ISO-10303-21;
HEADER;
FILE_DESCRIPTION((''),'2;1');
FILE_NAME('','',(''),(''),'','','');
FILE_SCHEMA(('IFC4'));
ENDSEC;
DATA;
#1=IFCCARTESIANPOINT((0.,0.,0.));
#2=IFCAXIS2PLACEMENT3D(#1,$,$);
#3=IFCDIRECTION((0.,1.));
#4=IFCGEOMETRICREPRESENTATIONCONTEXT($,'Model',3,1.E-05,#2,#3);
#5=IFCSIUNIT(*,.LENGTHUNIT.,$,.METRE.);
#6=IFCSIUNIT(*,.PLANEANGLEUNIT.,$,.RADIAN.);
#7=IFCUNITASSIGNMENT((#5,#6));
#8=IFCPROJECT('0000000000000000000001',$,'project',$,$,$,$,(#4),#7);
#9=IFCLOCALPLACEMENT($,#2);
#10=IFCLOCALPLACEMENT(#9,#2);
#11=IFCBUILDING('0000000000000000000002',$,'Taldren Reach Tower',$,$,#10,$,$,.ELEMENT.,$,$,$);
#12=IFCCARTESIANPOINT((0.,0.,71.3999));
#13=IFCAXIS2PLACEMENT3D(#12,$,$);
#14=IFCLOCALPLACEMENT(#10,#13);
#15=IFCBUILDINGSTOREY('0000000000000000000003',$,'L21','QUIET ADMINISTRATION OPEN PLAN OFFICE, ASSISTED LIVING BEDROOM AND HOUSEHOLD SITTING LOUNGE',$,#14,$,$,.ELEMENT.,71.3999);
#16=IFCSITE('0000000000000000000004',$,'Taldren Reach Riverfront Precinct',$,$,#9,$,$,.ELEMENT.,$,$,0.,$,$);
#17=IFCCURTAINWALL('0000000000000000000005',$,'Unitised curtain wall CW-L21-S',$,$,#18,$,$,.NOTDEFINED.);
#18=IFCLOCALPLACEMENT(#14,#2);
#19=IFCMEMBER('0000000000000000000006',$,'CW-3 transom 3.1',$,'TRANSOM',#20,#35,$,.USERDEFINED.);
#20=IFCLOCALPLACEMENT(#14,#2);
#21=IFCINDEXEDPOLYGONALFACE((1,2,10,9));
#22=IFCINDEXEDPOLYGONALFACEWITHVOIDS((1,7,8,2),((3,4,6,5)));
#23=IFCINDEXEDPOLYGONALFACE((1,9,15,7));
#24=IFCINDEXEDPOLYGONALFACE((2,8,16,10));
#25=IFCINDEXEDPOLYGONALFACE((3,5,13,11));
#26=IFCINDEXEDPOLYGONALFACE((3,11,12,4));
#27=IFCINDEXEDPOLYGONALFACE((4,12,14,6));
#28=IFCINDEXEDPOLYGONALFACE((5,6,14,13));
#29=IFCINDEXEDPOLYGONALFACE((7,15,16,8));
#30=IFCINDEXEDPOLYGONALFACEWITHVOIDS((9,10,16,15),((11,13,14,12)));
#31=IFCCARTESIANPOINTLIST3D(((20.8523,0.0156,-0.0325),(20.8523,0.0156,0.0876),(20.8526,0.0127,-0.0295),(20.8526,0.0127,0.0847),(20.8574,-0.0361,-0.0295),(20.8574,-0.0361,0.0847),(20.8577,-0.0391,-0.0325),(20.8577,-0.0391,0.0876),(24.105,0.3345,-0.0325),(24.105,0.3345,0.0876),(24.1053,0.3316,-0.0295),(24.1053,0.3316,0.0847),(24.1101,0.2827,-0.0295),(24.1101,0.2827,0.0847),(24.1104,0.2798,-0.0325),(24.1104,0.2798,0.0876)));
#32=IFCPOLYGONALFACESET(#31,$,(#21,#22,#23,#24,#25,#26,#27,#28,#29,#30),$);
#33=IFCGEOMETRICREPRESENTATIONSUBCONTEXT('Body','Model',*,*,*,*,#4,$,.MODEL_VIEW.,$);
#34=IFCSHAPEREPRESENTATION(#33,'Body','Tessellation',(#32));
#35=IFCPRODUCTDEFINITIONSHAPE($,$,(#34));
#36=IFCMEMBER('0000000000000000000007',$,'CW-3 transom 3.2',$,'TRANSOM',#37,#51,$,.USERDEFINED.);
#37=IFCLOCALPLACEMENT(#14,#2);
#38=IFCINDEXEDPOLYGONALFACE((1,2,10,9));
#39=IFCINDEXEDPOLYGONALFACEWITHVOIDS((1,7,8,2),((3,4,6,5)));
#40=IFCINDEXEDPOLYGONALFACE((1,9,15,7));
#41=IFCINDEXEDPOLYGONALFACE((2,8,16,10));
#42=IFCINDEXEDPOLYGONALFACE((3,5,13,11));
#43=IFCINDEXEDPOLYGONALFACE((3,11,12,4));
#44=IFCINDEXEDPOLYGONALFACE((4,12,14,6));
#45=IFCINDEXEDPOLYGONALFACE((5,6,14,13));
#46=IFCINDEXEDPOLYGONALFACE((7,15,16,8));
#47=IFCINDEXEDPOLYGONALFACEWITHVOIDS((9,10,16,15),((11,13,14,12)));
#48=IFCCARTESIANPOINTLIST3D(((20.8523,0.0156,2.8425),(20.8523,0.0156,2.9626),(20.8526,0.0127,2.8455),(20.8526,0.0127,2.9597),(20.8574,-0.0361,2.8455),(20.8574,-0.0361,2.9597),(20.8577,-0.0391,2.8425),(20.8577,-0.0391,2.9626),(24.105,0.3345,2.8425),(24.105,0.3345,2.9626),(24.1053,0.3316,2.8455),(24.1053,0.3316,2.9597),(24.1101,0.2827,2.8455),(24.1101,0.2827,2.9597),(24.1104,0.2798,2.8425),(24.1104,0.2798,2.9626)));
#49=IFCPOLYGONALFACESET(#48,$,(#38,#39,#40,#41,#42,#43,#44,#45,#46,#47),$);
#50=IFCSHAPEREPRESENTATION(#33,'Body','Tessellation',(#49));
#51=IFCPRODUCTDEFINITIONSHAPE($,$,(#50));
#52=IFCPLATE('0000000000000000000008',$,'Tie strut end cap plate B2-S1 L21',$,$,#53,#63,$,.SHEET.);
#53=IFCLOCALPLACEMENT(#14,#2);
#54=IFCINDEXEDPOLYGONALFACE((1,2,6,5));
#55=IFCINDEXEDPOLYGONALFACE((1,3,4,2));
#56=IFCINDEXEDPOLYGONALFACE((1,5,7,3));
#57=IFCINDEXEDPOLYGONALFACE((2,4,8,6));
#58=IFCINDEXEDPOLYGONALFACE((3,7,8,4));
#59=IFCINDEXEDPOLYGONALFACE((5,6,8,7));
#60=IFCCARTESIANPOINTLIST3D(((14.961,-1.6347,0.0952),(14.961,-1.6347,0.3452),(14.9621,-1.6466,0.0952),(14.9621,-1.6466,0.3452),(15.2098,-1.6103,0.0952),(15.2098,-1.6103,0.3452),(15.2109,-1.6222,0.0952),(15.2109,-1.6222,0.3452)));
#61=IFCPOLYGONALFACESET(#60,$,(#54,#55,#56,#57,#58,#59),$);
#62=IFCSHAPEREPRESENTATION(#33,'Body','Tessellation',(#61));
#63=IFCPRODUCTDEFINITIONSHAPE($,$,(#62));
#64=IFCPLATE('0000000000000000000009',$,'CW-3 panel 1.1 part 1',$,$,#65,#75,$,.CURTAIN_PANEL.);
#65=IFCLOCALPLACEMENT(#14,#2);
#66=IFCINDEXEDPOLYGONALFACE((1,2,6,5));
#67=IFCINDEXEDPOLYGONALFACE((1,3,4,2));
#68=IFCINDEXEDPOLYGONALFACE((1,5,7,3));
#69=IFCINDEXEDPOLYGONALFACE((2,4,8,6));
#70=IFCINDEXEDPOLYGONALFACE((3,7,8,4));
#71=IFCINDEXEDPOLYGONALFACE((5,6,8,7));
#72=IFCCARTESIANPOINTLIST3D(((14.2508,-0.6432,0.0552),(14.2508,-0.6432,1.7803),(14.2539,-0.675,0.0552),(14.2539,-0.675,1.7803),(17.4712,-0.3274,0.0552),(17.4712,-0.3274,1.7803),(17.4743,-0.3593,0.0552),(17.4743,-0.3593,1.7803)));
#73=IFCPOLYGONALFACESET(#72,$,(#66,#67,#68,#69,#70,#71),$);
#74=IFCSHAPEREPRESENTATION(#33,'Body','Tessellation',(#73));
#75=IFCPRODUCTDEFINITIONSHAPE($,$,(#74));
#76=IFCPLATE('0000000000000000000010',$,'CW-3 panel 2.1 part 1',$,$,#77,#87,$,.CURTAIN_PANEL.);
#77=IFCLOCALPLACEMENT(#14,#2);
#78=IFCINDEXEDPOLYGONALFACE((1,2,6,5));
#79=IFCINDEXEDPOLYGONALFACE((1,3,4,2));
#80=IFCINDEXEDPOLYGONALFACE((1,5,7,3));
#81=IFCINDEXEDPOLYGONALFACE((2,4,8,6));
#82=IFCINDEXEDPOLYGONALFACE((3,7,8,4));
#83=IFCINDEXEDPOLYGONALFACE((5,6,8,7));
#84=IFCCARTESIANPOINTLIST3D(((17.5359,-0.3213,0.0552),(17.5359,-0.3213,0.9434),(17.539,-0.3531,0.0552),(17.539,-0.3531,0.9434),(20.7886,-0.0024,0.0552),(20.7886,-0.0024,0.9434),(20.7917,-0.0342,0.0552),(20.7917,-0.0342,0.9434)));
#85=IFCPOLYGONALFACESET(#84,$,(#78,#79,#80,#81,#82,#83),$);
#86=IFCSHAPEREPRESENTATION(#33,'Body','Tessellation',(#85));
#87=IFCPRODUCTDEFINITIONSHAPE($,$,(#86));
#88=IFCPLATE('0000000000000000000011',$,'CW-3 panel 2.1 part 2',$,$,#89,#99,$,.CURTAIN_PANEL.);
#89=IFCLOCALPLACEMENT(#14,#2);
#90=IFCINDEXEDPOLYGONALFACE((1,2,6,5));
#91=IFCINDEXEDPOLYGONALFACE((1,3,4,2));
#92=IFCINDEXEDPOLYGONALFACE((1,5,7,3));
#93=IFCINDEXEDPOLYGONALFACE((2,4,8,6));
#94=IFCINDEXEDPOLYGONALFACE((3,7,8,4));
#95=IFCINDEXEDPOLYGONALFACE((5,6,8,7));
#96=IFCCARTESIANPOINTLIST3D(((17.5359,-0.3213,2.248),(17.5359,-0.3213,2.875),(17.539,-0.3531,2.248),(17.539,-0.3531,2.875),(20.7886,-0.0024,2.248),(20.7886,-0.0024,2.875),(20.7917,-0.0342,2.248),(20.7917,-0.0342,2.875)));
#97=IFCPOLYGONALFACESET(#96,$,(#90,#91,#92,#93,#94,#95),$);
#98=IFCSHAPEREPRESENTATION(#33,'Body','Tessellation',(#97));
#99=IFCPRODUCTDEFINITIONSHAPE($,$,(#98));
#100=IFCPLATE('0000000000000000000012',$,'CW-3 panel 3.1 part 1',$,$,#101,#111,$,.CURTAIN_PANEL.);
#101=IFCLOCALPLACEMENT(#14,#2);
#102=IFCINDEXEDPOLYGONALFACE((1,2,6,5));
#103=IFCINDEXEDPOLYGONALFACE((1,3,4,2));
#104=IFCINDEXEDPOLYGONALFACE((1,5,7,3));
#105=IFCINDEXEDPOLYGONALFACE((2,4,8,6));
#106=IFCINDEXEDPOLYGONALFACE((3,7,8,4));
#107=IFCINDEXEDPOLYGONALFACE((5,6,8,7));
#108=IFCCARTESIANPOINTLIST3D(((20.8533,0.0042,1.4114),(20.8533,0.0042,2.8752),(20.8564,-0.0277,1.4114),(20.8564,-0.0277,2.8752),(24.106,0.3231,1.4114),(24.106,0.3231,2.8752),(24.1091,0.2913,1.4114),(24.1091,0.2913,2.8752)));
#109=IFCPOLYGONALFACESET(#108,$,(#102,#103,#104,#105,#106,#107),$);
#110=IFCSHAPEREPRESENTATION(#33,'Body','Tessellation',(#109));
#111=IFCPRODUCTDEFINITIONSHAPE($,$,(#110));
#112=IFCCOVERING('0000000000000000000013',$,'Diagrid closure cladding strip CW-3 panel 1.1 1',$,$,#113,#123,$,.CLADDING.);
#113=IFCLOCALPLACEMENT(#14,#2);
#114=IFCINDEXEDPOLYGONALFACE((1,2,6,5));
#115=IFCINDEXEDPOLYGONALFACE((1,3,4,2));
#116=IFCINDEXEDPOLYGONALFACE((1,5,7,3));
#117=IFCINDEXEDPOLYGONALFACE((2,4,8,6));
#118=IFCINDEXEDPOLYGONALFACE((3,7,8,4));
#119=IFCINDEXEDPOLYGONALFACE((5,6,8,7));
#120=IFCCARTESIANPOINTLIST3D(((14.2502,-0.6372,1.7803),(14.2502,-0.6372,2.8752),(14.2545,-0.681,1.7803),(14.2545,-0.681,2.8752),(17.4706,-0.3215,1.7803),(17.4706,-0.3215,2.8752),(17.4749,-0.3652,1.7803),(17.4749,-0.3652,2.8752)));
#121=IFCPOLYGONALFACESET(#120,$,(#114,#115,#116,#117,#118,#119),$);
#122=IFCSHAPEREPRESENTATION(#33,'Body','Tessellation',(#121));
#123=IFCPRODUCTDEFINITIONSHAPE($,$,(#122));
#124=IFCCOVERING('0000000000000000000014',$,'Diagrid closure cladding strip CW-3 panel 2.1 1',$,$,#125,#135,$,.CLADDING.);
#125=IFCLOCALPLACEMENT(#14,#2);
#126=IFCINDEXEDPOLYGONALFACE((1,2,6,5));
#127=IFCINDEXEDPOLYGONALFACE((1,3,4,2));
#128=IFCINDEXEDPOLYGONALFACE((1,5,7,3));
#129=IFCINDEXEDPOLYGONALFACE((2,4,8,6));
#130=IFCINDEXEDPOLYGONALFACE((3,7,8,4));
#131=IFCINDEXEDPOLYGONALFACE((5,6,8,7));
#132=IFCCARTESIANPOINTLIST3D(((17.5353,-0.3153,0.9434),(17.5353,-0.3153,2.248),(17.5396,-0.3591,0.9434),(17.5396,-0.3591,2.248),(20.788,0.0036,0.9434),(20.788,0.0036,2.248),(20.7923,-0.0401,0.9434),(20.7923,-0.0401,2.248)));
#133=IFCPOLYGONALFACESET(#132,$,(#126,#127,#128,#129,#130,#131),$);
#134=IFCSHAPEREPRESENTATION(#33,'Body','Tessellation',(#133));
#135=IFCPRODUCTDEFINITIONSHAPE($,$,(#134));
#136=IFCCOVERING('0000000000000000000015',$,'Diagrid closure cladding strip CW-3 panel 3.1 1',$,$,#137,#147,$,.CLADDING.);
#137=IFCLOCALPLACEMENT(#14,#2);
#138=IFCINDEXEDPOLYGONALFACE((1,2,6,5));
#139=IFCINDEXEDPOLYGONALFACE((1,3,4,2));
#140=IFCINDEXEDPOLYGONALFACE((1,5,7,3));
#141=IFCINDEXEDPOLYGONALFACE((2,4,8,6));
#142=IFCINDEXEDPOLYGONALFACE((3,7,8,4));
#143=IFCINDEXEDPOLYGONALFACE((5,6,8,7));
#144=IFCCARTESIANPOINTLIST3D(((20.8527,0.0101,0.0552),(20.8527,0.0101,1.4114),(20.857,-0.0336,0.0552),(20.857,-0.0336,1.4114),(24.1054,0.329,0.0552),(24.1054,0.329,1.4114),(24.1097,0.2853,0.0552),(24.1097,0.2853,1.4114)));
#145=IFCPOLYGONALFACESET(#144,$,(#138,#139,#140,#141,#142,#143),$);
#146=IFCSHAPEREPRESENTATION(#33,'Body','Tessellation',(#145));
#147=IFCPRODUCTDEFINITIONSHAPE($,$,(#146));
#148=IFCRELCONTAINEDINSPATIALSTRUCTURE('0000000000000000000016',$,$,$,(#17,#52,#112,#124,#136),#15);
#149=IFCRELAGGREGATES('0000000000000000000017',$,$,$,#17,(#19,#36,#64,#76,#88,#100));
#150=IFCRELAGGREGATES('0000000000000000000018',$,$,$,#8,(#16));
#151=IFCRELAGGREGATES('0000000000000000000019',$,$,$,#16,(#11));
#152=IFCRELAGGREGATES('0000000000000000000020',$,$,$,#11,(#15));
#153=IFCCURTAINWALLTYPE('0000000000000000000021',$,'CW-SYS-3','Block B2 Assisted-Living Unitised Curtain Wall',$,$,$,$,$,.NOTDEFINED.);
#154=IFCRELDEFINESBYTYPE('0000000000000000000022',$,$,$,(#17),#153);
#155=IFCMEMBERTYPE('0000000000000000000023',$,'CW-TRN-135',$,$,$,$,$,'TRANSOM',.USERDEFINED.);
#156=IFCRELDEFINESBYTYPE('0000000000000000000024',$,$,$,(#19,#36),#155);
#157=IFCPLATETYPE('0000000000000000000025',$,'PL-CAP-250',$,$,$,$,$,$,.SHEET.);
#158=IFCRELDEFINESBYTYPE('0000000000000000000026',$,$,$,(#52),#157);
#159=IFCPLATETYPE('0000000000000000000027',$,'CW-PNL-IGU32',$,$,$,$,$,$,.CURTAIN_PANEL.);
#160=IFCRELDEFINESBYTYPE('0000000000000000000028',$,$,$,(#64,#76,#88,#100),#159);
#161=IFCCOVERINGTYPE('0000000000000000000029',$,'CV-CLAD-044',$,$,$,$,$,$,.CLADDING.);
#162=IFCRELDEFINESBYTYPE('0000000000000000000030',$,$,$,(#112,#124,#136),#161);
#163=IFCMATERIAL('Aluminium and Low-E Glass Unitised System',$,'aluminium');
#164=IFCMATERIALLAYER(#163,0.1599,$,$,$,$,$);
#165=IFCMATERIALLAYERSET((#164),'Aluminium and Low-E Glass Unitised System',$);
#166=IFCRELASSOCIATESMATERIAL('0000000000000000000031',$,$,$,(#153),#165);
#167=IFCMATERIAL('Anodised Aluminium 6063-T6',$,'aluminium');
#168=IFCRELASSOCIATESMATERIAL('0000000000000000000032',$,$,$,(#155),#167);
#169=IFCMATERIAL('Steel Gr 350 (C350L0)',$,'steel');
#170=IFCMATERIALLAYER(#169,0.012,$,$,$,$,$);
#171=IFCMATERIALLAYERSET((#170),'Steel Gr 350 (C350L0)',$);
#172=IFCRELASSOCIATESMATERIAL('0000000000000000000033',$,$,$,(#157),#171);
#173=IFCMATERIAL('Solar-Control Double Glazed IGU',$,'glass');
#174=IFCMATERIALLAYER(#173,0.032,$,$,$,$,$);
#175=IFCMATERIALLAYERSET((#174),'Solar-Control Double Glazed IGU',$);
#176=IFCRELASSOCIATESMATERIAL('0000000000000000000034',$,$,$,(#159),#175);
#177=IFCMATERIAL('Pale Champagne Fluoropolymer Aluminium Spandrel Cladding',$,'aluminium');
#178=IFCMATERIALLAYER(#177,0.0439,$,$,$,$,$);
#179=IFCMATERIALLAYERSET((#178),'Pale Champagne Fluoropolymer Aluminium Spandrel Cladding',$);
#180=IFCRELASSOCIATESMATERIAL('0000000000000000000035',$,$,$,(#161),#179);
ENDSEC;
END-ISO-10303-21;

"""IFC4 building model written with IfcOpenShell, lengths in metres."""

from ifc_helpers import new_model, si_unit, direction, frame, origin, origin_2d, place, context, subcontext, project, spatial, rectangle, hollow_rectangle, extrude, source, transform, mapped, material, layer, layer_set, material_profile, profile_set, type_object, element, aggregate, save


model = new_model("IFC4")

# Units and contexts
model_context = context("Model", 3, precision=1e-05, world=origin(), true_north=direction((0.0, 1.0)))
body_context = subcontext(model_context, "Body", "Model", "MODEL_VIEW")
ifc_project = project(units=[si_unit("LENGTHUNIT", "METRE"), si_unit("PLANEANGLEUNIT", "RADIAN")], contexts=[model_context])

# Site, building, storey
site_placement = place(None, origin())
site = spatial("IfcSite", under=ifc_project, at=site_placement, Name="Taldren Reach Riverfront Precinct", CompositionType="ELEMENT", RefElevation=0.0)
building_placement = place(site_placement, origin())
building = spatial("IfcBuilding", under=site, at=building_placement, Name="Taldren Reach Tower", CompositionType="ELEMENT")
storey_placement = place(building_placement, frame((0.0, 0.0, 71.3999)))
storey = spatial("IfcBuildingStorey", under=building, at=storey_placement, Name="L21", Description="QUIET ADMINISTRATION OPEN PLAN OFFICE, ASSISTED LIVING BEDROOM AND HOUSEHOLD SITTING LOUNGE", CompositionType="ELEMENT", Elevation=71.3999)

# Shared definitions
ifc_material_1 = material(Name="Steel Gr 350 (C350L0)", Category="steel")

# Curtain wall, members
ifc_material_2 = material(Name="Aluminium and Low-E Glass Unitised System", Category="aluminium")
ifc_layer_1 = layer(ifc_material_2, 0.1599)
ifc_layer_set_1 = layer_set([ifc_layer_1], Name="Aluminium and Low-E Glass Unitised System")
curtain_wall_type = type_object("IfcCurtainWallType", Name="CW-SYS-3", Description="Block B2 Assisted-Living Unitised Curtain Wall", PredefinedType="NOTDEFINED", material=ifc_layer_set_1)
curtain_wall_placement = place(storey_placement, origin())
curtain_wall = element("IfcCurtainWall", 1, at=curtain_wall_placement, inside=storey, type_object=curtain_wall_type, Name="Unitised curtain wall CW-L21-S", PredefinedType="NOTDEFINED")
ifc_material_3 = material(Name="Anodised Aluminium 6063-T6", Category="aluminium")
ifc_material_profile_1 = material_profile(ifc_material_3, hollow_rectangle(XDim=0.0549, YDim=0.1201, WallThickness=0.0029, at=origin_2d()), Name="ALU-120x55x3RHS")
ifc_profile_set_1 = profile_set([ifc_material_profile_1], Name="Anodised Aluminium 6063-T6")
member_type_1 = type_object("IfcMemberType", Name="CW-TRN-135", ElementType="TRANSOM", PredefinedType="USERDEFINED", material=ifc_profile_set_1)
shared_shape_1 = source(origin(), body_context, "Body", "SweptSolid", [
    extrude(hollow_rectangle(XDim=0.0549, YDim=0.1201, WallThickness=0.0029, at=origin_2d()), origin(), (0.0, 0.0, 1.0), 3.2683),
])
member_1_placement = place(storey_placement, frame((20.855, -0.0117, 0.0276), z_axis=(0.99523, 0.097558, 0.0), x_axis=(-0.097558, 0.99523, 0.0)))
member_1 = element("IfcMember", 2, at=member_1_placement, type_object=member_type_1, Name="CW-3 transom 3.1", ObjectType="TRANSOM", PredefinedType="USERDEFINED", context=body_context, shape_type="MappedRepresentation", body=[
    mapped(shared_shape_1, transform((0.0, 0.0, 0.0), scale=1.0)),
])
member_2_placement = place(storey_placement, frame((20.855, -0.0117, 2.9026), z_axis=(0.99523, 0.097558, 0.0), x_axis=(-0.097558, 0.99523, 0.0)))
member_2 = element("IfcMember", 3, at=member_2_placement, type_object=member_type_1, Name="CW-3 transom 3.2", ObjectType="TRANSOM", PredefinedType="USERDEFINED", context=body_context, shape_type="MappedRepresentation", body=[
    mapped(shared_shape_1, transform((0.0, 0.0, 0.0), scale=1.0)),
])

# Plates
ifc_layer_2 = layer(ifc_material_1, 0.012)
ifc_layer_set_2 = layer_set([ifc_layer_2], Name="Steel Gr 350 (C350L0)")
plate_type_1 = type_object("IfcPlateType", Name="PL-CAP-250", PredefinedType="SHEET", material=ifc_layer_set_2)
shared_shape_2 = source(origin(), body_context, "Body", "SweptSolid", [
    extrude(rectangle(XDim=0.25, YDim=0.012, at=origin_2d()), origin(), (0.0, 0.0, 1.0), 0.25),
])
plate_1_placement = place(storey_placement, frame((15.0859, -1.6284, 0.0952), z_axis=(0.0, 0.0, 1.0), x_axis=(0.995227, 0.097583, 0.0)))
element("IfcPlate", 4, at=plate_1_placement, inside=storey, type_object=plate_type_1, Name="Tie strut end cap plate B2-S1 L21", PredefinedType="SHEET", context=body_context, shape_type="MappedRepresentation", body=[
    mapped(shared_shape_2, transform((0.0, 0.0, 0.0), scale=1.0)),
])
ifc_material_4 = material(Name="Solar-Control Double Glazed IGU", Category="glass")
ifc_layer_3 = layer(ifc_material_4, 0.032)
ifc_layer_set_3 = layer_set([ifc_layer_3], Name="Solar-Control Double Glazed IGU")
plate_type_2 = type_object("IfcPlateType", Name="CW-PNL-IGU32", PredefinedType="CURTAIN_PANEL", material=ifc_layer_set_3)
shared_shape_3 = source(origin(), body_context, "Body", "SweptSolid", [
    extrude(rectangle(XDim=3.2358, YDim=0.032, at=origin_2d()), origin(), (0.0, 0.0, 1.0), 1.7251),
])
plate_2_placement = place(storey_placement, frame((15.8625, -0.5012, 0.0552), z_axis=(0.0, 0.0, 1.0), x_axis=(0.995227, 0.097583, 0.0)))
plate_2 = element("IfcPlate", 5, at=plate_2_placement, type_object=plate_type_2, Name="CW-3 panel 1.1 part 1", PredefinedType="CURTAIN_PANEL", context=body_context, shape_type="MappedRepresentation", body=[
    mapped(shared_shape_3, transform((0.0, 0.0, 0.0), scale=1.0)),
])
shared_shape_4 = source(origin(), body_context, "Body", "SweptSolid", [
    extrude(rectangle(XDim=3.2683, YDim=0.032, at=origin_2d()), origin(), (0.0, 0.0, 1.0), 0.8882),
])
plate_3_placement = place(storey_placement, frame((19.1638, -0.1777, 0.0552), z_axis=(0.0, 0.0, 1.0), x_axis=(0.995227, 0.097583, 0.0)))
plate_3 = element("IfcPlate", 6, at=plate_3_placement, type_object=plate_type_2, Name="CW-3 panel 2.1 part 1", PredefinedType="CURTAIN_PANEL", context=body_context, shape_type="MappedRepresentation", body=[
    mapped(shared_shape_4, transform((0.0, 0.0, 0.0), scale=1.0)),
])
shared_shape_5 = source(origin(), body_context, "Body", "SweptSolid", [
    extrude(rectangle(XDim=3.2683, YDim=0.032, at=origin_2d()), origin(), (0.0, 0.0, 1.0), 0.627),
])
plate_4_placement = place(storey_placement, frame((19.1638, -0.1777, 2.248), z_axis=(0.0, 0.0, 1.0), x_axis=(0.995227, 0.097583, 0.0)))
plate_4 = element("IfcPlate", 7, at=plate_4_placement, type_object=plate_type_2, Name="CW-3 panel 2.1 part 2", PredefinedType="CURTAIN_PANEL", context=body_context, shape_type="MappedRepresentation", body=[
    mapped(shared_shape_5, transform((0.0, 0.0, 0.0), scale=1.0)),
])
shared_shape_6 = source(origin(), body_context, "Body", "SweptSolid", [
    extrude(rectangle(XDim=3.2683, YDim=0.032, at=origin_2d()), origin(), (0.0, 0.0, 1.0), 1.4639),
])
plate_5_placement = place(storey_placement, frame((22.4812, 0.1477, 1.4114), z_axis=(0.0, 0.0, 1.0), x_axis=(0.995227, 0.097583, 0.0)))
plate_5 = element("IfcPlate", 8, at=plate_5_placement, type_object=plate_type_2, Name="CW-3 panel 3.1 part 1", PredefinedType="CURTAIN_PANEL", context=body_context, shape_type="MappedRepresentation", body=[
    mapped(shared_shape_6, transform((0.0, 0.0, 0.0), scale=1.0)),
])
aggregate(curtain_wall, [member_1, member_2, plate_2, plate_3, plate_4, plate_5])

# Coverings
ifc_material_5 = material(Name="Pale Champagne Fluoropolymer Aluminium Spandrel Cladding", Category="aluminium")
ifc_layer_4 = layer(ifc_material_5, 0.0439)
ifc_layer_set_4 = layer_set([ifc_layer_4], Name="Pale Champagne Fluoropolymer Aluminium Spandrel Cladding")
covering_type = type_object("IfcCoveringType", Name="CV-CLAD-044", PredefinedType="CLADDING", material=ifc_layer_set_4)
shared_shape_7 = source(origin(), body_context, "Body", "SweptSolid", [
    extrude(rectangle(XDim=3.2358, YDim=0.0439, at=origin_2d()), origin(), (0.0, 0.0, 1.0), 1.095),
])
covering_1_placement = place(storey_placement, frame((15.8625, -0.5012, 1.7803), z_axis=(0.0, 0.0, 1.0), x_axis=(0.995227, 0.097583, 0.0)))
element("IfcCovering", 9, at=covering_1_placement, inside=storey, type_object=covering_type, Name="Diagrid closure cladding strip CW-3 panel 1.1 1", PredefinedType="CLADDING", context=body_context, shape_type="MappedRepresentation", body=[
    mapped(shared_shape_7, transform((0.0, 0.0, 0.0), scale=1.0)),
])
shared_shape_8 = source(origin(), body_context, "Body", "SweptSolid", [
    extrude(rectangle(XDim=3.2683, YDim=0.0439, at=origin_2d()), origin(), (0.0, 0.0, 1.0), 1.3047),
])
covering_2_placement = place(storey_placement, frame((19.1638, -0.1777, 0.9434), z_axis=(0.0, 0.0, 1.0), x_axis=(0.995227, 0.097583, 0.0)))
element("IfcCovering", 10, at=covering_2_placement, inside=storey, type_object=covering_type, Name="Diagrid closure cladding strip CW-3 panel 2.1 1", PredefinedType="CLADDING", context=body_context, shape_type="MappedRepresentation", body=[
    mapped(shared_shape_8, transform((0.0, 0.0, 0.0), scale=1.0)),
])
shared_shape_9 = source(origin(), body_context, "Body", "SweptSolid", [
    extrude(rectangle(XDim=3.2683, YDim=0.0439, at=origin_2d()), origin(), (0.0, 0.0, 1.0), 1.3562),
])
covering_3_placement = place(storey_placement, frame((22.4812, 0.1477, 0.0552), z_axis=(0.0, 0.0, 1.0), x_axis=(0.995227, 0.097583, 0.0)))
element("IfcCovering", 11, at=covering_3_placement, inside=storey, type_object=covering_type, Name="Diagrid closure cladding strip CW-3 panel 3.1 1", PredefinedType="CLADDING", context=body_context, shape_type="MappedRepresentation", body=[
    mapped(shared_shape_9, transform((0.0, 0.0, 0.0), scale=1.0)),
])

save(model, "model.ifc")
